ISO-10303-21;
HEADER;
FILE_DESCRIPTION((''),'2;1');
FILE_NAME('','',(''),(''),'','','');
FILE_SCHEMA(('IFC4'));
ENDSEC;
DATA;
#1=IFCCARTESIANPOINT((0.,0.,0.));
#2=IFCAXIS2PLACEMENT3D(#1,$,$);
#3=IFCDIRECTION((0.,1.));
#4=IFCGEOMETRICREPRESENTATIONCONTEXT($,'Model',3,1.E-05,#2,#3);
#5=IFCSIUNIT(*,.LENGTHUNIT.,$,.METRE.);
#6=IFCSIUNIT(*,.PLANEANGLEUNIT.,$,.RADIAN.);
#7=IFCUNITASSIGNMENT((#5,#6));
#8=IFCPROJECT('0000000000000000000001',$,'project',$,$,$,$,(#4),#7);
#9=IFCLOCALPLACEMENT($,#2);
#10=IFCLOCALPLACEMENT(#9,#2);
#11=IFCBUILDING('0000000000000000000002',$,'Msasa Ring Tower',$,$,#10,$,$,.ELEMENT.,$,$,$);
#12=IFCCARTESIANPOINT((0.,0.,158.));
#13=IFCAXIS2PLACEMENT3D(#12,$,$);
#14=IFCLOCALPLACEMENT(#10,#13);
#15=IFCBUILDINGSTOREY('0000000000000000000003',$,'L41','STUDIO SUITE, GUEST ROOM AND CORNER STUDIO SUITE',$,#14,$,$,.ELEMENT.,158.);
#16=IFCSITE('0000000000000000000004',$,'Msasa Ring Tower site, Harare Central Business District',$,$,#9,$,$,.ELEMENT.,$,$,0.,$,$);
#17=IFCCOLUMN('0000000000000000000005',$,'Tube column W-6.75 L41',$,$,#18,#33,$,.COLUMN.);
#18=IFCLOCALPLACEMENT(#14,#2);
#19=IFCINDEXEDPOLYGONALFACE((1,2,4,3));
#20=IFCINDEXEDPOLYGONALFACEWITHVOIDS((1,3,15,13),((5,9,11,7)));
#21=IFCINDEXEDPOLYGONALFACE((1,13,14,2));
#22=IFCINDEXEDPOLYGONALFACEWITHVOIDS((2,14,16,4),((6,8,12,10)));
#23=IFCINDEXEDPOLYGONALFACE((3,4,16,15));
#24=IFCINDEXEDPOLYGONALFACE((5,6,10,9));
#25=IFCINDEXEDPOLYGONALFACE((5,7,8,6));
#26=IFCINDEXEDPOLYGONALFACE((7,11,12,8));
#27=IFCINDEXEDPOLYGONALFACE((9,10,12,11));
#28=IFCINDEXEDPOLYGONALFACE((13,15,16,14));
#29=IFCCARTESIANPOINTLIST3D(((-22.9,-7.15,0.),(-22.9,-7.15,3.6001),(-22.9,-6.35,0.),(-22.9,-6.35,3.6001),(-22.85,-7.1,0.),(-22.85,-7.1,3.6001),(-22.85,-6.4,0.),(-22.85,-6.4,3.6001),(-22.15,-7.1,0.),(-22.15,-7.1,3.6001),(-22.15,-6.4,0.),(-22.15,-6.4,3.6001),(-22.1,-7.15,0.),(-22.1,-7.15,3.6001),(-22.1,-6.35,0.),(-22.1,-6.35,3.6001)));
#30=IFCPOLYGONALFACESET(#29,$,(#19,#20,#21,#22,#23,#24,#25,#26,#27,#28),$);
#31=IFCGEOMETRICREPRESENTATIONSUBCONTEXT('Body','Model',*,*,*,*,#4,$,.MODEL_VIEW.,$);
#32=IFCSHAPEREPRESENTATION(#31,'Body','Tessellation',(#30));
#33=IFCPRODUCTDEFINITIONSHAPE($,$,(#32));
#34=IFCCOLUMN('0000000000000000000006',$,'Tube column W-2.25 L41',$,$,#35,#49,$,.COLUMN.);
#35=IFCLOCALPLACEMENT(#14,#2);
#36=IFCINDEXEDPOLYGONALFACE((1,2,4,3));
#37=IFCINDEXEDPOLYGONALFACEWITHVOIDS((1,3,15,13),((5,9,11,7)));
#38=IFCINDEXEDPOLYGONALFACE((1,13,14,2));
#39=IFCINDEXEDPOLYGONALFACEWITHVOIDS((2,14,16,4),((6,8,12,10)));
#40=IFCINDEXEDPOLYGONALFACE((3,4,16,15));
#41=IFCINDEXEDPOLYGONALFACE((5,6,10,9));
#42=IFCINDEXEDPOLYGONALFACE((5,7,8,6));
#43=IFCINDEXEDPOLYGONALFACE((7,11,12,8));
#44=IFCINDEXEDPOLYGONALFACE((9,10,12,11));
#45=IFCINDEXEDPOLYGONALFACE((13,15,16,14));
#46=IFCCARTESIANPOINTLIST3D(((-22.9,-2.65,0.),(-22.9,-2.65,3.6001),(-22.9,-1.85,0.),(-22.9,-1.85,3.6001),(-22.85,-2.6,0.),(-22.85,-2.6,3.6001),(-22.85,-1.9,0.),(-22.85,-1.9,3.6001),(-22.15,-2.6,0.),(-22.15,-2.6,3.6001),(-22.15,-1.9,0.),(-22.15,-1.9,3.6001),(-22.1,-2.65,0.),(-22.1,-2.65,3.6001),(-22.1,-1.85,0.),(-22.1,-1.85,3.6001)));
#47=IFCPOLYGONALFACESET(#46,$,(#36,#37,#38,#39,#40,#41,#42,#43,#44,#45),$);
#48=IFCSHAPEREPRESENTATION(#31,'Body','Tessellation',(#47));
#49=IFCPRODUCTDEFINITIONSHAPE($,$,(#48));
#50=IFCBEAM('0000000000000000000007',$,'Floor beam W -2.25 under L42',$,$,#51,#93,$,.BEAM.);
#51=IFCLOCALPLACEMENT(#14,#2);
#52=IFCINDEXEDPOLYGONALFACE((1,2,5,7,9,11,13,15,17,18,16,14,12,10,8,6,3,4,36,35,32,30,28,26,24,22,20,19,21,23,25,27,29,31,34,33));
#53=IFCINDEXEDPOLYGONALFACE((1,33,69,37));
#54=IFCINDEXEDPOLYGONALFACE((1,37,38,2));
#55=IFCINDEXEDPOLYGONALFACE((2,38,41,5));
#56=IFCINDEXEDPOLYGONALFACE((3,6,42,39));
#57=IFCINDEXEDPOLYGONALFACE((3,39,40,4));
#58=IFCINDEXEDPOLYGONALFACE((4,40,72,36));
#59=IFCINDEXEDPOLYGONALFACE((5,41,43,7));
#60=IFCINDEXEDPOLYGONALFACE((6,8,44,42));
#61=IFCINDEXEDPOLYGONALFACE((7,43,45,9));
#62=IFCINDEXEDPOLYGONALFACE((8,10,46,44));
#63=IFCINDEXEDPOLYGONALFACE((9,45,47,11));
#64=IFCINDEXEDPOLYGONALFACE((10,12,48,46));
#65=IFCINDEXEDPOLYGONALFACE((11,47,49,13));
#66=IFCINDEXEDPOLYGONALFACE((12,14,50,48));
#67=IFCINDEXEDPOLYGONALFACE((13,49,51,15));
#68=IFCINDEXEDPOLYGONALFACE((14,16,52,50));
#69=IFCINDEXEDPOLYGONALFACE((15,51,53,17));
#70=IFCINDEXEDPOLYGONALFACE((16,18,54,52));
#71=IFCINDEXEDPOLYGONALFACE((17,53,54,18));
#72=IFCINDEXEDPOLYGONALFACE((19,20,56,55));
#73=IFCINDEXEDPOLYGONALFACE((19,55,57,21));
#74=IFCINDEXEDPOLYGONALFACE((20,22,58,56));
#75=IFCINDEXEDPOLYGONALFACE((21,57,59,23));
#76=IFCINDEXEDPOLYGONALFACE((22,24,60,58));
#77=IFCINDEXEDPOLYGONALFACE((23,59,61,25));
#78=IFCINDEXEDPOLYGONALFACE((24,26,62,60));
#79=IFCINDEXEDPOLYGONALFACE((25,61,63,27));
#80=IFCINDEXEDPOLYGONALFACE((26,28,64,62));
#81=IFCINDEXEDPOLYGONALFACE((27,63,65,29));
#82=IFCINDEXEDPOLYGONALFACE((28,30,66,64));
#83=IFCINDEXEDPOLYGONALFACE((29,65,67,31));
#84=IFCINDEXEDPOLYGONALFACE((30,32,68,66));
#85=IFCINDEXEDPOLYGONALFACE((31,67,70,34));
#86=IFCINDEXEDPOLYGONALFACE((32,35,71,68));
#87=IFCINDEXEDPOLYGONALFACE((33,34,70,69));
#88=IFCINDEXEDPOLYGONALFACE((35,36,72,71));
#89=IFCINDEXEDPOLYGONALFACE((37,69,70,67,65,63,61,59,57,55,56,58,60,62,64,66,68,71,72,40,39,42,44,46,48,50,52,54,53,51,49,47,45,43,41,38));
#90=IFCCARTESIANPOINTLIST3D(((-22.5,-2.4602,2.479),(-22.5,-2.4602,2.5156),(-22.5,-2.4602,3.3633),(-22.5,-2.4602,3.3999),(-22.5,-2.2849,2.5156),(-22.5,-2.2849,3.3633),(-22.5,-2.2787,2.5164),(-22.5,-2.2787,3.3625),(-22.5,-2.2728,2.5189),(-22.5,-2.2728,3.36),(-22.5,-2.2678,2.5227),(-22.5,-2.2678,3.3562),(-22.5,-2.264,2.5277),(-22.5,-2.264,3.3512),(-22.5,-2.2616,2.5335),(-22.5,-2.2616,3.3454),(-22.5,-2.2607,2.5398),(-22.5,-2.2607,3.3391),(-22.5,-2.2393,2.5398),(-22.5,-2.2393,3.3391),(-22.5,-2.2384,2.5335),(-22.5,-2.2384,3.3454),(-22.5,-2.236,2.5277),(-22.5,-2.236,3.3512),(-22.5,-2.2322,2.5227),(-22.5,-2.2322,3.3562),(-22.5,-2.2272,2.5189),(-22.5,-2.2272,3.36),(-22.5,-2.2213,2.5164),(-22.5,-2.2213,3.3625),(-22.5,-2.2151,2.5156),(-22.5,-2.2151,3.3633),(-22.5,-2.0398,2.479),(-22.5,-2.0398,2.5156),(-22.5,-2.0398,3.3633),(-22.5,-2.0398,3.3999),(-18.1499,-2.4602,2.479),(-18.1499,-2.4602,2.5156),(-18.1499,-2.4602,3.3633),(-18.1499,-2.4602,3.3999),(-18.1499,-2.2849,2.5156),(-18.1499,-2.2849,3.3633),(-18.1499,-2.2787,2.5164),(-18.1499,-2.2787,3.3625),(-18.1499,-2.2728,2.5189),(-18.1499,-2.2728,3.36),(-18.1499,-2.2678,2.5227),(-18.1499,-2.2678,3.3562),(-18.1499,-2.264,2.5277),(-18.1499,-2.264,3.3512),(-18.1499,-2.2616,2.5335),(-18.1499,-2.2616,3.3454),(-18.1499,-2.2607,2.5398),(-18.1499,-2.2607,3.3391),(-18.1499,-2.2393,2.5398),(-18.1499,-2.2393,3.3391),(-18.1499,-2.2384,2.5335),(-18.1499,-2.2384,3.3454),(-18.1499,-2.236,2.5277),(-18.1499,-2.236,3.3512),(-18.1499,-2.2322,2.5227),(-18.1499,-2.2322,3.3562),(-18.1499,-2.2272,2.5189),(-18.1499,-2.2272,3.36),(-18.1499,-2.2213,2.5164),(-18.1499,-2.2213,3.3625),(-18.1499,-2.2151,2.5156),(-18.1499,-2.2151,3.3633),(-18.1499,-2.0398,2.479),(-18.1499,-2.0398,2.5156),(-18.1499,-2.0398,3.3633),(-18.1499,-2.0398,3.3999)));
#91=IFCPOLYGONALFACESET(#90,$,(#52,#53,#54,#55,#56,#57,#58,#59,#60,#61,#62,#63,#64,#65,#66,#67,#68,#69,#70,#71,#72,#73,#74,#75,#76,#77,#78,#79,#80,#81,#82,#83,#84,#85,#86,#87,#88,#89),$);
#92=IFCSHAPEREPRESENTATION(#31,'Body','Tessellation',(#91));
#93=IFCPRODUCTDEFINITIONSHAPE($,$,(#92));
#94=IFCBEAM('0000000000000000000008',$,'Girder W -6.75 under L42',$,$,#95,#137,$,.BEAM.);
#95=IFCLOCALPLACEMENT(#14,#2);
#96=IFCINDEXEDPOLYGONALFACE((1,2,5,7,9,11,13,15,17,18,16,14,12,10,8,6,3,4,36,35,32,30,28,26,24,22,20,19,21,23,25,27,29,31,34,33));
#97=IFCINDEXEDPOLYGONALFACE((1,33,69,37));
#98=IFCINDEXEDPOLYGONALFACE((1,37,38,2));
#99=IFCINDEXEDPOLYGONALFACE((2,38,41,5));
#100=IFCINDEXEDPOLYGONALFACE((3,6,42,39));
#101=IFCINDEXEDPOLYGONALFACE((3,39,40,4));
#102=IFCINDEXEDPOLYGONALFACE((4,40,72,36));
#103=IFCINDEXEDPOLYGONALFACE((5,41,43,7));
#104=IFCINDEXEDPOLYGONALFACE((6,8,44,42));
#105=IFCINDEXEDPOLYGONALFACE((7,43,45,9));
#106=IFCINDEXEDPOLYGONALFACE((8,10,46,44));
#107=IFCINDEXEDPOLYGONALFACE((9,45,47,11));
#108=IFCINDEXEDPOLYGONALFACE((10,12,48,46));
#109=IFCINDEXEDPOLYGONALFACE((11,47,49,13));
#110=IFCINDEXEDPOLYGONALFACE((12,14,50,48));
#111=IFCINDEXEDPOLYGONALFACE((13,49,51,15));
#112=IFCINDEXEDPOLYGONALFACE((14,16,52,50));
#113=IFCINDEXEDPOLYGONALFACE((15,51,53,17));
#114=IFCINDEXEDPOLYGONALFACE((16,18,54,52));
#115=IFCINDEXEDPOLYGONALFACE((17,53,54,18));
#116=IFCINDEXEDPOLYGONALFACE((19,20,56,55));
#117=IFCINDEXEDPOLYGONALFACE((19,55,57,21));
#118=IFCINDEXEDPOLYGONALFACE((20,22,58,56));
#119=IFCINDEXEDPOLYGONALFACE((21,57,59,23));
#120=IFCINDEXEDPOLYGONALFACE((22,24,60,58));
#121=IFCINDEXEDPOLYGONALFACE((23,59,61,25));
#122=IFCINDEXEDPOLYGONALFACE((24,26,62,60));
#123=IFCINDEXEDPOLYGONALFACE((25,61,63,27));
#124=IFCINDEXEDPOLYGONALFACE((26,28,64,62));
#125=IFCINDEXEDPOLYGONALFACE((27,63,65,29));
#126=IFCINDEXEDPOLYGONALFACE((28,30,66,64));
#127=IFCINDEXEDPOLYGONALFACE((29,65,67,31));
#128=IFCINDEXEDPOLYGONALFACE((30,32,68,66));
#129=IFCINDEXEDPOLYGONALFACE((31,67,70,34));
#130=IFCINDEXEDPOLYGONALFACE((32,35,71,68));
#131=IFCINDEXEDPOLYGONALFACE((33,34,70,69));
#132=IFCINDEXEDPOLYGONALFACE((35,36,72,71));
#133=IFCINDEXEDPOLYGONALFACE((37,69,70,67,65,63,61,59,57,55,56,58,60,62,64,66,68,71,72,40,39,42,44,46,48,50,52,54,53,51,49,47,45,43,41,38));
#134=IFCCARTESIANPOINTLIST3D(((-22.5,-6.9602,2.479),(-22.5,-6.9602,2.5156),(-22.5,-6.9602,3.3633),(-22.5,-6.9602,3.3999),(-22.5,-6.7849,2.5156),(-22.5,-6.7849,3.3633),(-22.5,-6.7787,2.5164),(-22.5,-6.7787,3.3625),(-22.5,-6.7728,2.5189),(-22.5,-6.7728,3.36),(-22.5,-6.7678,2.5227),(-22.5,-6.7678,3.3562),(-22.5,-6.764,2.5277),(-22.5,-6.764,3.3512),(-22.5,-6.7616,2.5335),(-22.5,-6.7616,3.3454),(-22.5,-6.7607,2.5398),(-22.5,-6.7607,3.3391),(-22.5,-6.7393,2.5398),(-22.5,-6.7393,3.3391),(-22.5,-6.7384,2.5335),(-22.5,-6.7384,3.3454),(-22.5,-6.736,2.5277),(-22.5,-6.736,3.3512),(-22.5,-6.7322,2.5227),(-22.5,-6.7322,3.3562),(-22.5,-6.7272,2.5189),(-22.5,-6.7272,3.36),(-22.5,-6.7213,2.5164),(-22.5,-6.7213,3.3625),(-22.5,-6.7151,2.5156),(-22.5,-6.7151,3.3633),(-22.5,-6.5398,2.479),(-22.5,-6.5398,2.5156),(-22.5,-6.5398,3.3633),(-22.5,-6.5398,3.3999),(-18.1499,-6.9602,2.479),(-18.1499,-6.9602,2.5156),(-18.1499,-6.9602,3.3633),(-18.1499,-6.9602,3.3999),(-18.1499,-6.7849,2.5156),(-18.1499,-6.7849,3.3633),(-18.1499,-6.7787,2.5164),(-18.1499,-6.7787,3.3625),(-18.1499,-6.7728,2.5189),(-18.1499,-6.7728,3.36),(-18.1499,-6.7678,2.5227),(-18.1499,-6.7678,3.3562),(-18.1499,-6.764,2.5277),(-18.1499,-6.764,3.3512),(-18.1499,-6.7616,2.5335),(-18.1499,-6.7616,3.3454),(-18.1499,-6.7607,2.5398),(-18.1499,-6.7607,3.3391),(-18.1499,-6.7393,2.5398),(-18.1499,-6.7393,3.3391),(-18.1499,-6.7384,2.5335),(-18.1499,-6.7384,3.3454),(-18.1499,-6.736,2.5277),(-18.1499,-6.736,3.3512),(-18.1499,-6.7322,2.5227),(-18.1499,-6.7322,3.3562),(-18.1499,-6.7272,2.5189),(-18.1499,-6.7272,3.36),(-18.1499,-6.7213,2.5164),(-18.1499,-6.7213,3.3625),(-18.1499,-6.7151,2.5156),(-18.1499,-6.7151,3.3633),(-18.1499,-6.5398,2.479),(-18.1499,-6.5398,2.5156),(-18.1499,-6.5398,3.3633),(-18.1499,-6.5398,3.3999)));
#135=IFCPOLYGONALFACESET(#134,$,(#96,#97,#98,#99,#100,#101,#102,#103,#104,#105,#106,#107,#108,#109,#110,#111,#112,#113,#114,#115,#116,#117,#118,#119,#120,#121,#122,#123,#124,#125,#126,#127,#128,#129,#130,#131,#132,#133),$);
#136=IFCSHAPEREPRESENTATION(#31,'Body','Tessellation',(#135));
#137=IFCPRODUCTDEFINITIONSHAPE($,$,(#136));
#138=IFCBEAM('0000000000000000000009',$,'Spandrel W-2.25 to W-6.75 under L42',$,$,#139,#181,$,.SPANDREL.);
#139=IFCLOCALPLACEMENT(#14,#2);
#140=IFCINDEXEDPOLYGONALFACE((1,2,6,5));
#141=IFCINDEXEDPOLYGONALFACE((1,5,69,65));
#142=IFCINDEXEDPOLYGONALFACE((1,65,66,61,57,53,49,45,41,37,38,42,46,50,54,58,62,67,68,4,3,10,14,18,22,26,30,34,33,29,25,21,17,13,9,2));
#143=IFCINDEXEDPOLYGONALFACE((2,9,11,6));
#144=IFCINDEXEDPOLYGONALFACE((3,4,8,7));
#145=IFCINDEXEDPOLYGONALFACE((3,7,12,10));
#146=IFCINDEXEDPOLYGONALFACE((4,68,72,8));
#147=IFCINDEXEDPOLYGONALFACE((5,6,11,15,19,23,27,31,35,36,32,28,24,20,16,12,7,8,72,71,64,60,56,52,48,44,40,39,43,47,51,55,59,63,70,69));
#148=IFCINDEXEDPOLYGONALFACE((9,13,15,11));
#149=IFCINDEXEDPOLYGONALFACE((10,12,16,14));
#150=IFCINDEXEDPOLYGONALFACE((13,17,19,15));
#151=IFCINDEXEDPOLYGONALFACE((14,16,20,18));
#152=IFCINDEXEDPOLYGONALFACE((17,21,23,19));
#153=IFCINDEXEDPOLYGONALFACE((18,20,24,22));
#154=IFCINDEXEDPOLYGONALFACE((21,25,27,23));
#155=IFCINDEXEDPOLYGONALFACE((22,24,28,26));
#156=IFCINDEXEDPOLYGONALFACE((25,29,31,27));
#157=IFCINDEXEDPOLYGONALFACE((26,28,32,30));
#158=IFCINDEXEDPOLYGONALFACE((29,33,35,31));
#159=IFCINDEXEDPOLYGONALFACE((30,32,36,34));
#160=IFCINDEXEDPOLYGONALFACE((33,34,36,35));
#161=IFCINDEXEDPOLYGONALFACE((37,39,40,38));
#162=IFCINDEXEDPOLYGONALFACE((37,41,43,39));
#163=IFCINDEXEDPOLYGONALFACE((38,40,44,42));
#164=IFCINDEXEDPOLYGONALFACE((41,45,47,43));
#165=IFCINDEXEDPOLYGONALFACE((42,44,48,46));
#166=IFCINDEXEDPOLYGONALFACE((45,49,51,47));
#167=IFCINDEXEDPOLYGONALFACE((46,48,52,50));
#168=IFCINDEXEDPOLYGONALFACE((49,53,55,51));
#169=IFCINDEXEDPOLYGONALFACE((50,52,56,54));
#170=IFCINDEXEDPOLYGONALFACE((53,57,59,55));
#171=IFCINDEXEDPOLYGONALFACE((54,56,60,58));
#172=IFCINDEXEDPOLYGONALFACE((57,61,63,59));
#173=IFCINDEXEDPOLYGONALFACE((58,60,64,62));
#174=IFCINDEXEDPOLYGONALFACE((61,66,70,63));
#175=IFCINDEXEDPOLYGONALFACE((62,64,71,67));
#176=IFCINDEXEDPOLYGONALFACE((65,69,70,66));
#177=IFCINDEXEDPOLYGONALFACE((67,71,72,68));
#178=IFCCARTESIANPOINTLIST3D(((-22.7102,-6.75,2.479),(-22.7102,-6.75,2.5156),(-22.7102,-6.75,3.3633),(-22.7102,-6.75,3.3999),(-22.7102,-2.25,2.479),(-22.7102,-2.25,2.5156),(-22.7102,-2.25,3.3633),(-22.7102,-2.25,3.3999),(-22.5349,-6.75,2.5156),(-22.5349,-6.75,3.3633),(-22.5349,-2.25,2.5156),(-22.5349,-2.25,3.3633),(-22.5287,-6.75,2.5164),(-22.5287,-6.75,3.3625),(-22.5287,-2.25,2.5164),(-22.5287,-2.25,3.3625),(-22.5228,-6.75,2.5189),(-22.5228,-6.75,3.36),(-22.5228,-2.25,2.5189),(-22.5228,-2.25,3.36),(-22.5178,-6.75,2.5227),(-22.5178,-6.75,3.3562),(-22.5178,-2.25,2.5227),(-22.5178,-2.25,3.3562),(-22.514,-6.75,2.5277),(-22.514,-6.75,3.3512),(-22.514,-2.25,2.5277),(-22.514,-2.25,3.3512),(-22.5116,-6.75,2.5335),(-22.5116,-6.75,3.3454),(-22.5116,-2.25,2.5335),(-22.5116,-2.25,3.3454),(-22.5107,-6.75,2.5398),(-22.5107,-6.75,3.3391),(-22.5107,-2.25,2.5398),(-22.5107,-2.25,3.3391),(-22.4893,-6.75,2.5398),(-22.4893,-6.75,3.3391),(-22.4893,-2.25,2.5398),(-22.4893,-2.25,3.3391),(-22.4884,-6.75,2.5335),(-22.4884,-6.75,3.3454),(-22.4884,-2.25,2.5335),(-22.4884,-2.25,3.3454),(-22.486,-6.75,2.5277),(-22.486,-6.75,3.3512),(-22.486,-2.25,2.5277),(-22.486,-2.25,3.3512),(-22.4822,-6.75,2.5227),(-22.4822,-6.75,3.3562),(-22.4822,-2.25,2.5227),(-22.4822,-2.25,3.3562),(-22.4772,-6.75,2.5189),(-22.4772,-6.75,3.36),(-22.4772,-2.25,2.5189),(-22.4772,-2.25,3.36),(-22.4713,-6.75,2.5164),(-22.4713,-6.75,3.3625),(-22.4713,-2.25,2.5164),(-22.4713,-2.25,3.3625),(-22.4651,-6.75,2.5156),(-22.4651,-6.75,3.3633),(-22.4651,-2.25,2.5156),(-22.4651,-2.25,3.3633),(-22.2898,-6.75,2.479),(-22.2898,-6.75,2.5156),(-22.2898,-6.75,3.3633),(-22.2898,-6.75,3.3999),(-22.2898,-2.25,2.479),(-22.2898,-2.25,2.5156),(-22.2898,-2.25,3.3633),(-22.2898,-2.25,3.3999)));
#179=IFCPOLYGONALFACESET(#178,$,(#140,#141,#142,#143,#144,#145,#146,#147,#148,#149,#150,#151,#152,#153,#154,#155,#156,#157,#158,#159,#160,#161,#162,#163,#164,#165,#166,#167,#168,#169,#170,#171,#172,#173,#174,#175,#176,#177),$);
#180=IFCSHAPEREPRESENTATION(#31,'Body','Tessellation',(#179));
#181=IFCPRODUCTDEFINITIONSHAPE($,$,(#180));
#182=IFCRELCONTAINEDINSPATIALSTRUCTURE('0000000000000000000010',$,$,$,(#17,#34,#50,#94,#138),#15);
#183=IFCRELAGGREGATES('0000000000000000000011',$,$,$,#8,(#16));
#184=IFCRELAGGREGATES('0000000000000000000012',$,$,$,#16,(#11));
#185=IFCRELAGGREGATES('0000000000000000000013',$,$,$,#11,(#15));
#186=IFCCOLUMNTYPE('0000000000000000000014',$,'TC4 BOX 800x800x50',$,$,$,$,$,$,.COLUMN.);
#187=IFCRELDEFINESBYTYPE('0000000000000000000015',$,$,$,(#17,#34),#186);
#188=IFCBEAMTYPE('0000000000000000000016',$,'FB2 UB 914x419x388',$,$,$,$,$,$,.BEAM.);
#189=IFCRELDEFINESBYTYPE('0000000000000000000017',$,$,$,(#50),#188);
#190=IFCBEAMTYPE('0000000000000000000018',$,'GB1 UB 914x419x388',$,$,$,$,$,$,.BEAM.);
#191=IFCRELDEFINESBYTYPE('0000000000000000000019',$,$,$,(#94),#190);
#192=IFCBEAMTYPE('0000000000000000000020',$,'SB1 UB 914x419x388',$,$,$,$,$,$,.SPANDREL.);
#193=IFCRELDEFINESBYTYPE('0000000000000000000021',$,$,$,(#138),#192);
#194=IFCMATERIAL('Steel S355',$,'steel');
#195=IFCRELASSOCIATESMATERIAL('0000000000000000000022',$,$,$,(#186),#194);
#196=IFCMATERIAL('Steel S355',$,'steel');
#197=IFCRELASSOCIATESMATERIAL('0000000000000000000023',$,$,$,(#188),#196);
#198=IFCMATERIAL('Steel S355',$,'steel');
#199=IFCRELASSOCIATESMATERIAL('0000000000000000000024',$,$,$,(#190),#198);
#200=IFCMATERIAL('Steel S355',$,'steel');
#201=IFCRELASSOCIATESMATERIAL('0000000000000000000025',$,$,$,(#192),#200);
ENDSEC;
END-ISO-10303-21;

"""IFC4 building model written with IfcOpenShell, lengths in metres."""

from ifc_helpers import new_model, si_unit, direction, frame, origin, origin_2d, place, context, subcontext, project, spatial, hollow_rectangle, i_section, extrude, material, material_profile, profile_set, type_object, element, save


model = new_model("IFC4")

# Units and contexts
model_context = context("Model", 3, precision=1e-05, world=origin(), true_north=direction((0.0, 1.0)))
body_context = subcontext(model_context, "Body", "Model", "MODEL_VIEW")
ifc_project = project(units=[si_unit("LENGTHUNIT", "METRE"), si_unit("PLANEANGLEUNIT", "RADIAN")], contexts=[model_context])

# Site, building, storey
site_placement = place(None, origin())
site = spatial("IfcSite", under=ifc_project, at=site_placement, Name="Msasa Ring Tower site, Harare Central Business District", CompositionType="ELEMENT", RefElevation=0.0)
building_placement = place(site_placement, origin())
building = spatial("IfcBuilding", under=site, at=building_placement, Name="Msasa Ring Tower", CompositionType="ELEMENT")
storey_placement = place(building_placement, frame((0.0, 0.0, 158.0)))
storey = spatial("IfcBuildingStorey", under=building, at=storey_placement, Name="L41", Description="STUDIO SUITE, GUEST ROOM AND CORNER STUDIO SUITE", CompositionType="ELEMENT", Elevation=158.0)

# Columns
ifc_material_1 = material(Name="Steel S355", Category="steel")
ifc_material_profile_1 = material_profile(ifc_material_1, hollow_rectangle(XDim=0.8, YDim=0.8, WallThickness=0.05, at=origin_2d()), Name="BOX 800x800x50")
ifc_profile_set_1 = profile_set([ifc_material_profile_1], Name="Steel S355")
column_type = type_object("IfcColumnType", Name="TC4 BOX 800x800x50", PredefinedType="COLUMN", material=ifc_profile_set_1)
for number, where, z_axis, x_axis, name in (
    (1, (-22.5, -6.75, 0.0), (0.0, 0.0, 1.0), (1.0, 0.0, 0.0), "Tube column W-6.75 L41"),
    (2, (-22.5, -2.25, 0.0), (0.0, 0.0, 1.0), (1.0, 0.0, 0.0), "Tube column W-2.25 L41"),
):
    element("IfcColumn", number, at=place(storey_placement, frame(where, z_axis=z_axis, x_axis=x_axis)), inside=storey, type_object=column_type, Name=name, PredefinedType="COLUMN", context=body_context, shape_type="SweptSolid", body=[
        extrude(hollow_rectangle(XDim=0.8, YDim=0.8, WallThickness=0.05, at=origin_2d()), origin(), (0.0, 0.0, 1.0), 3.6001),
    ])

# Beams
ifc_material_2 = material(Name="Steel S355", Category="steel")
ifc_material_profile_2 = material_profile(ifc_material_2, i_section(OverallWidth=0.4204, OverallDepth=0.9209, WebThickness=0.0215, FlangeThickness=0.0366, FilletRadius=0.0242, at=origin_2d()), Name="UB 914x419x388")
ifc_profile_set_2 = profile_set([ifc_material_profile_2], Name="Steel S355")
beam_type_1 = type_object("IfcBeamType", Name="FB2 UB 914x419x388", PredefinedType="BEAM", material=ifc_profile_set_2)
beam_1_placement = place(storey_placement, frame((-22.5, -2.25, 2.9395), z_axis=(1.0, 0.0, 0.0), x_axis=(0.0, 1.0, 0.0)))
element("IfcBeam", 3, at=beam_1_placement, inside=storey, type_object=beam_type_1, Name="Floor beam W -2.25 under L42", PredefinedType="BEAM", context=body_context, shape_type="SweptSolid", body=[
    extrude(i_section(OverallWidth=0.4204, OverallDepth=0.9209, WebThickness=0.0215, FlangeThickness=0.0366, FilletRadius=0.0242, at=origin_2d()), origin(), (0.0, 0.0, 1.0), 4.3501),
])
ifc_material_3 = material(Name="Steel S355", Category="steel")
ifc_material_profile_3 = material_profile(ifc_material_3, i_section(OverallWidth=0.4204, OverallDepth=0.9209, WebThickness=0.0215, FlangeThickness=0.0366, FilletRadius=0.0242, at=origin_2d()), Name="UB 914x419x388")
ifc_profile_set_3 = profile_set([ifc_material_profile_3], Name="Steel S355")
beam_type_2 = type_object("IfcBeamType", Name="GB1 UB 914x419x388", PredefinedType="BEAM", material=ifc_profile_set_3)
beam_2_placement = place(storey_placement, frame((-18.1499, -6.75, 2.9395), z_axis=(-1.0, 0.0, 0.0), x_axis=(0.0, -1.0, 0.0)))
element("IfcBeam", 4, at=beam_2_placement, inside=storey, type_object=beam_type_2, Name="Girder W -6.75 under L42", PredefinedType="BEAM", context=body_context, shape_type="SweptSolid", body=[
    extrude(i_section(OverallWidth=0.4204, OverallDepth=0.9209, WebThickness=0.0215, FlangeThickness=0.0366, FilletRadius=0.0242, at=origin_2d()), origin(), (0.0, 0.0, 1.0), 4.3501),
])
ifc_material_4 = material(Name="Steel S355", Category="steel")
ifc_material_profile_4 = material_profile(ifc_material_4, i_section(OverallWidth=0.4204, OverallDepth=0.9209, WebThickness=0.0215, FlangeThickness=0.0366, FilletRadius=0.0242, at=origin_2d()), Name="UB 914x419x388")
ifc_profile_set_4 = profile_set([ifc_material_profile_4], Name="Steel S355")
beam_type_3 = type_object("IfcBeamType", Name="SB1 UB 914x419x388", PredefinedType="SPANDREL", material=ifc_profile_set_4)
for number, where, z_axis, x_axis, name in (
    (5, (-22.5, -2.25, 2.9395), (0.0, -1.0, 0.0), (1.0, 0.0, 0.0), "Spandrel W-2.25 to W-6.75 under L42"),
):
    element("IfcBeam", number, at=place(storey_placement, frame(where, z_axis=z_axis, x_axis=x_axis)), inside=storey, type_object=beam_type_3, Name=name, PredefinedType="SPANDREL", context=body_context, shape_type="SweptSolid", body=[
        extrude(i_section(OverallWidth=0.4204, OverallDepth=0.9209, WebThickness=0.0215, FlangeThickness=0.0366, FilletRadius=0.0242, at=origin_2d()), origin(), (0.0, 0.0, 1.0), 4.5),
    ])

save(model, "model.ifc")
